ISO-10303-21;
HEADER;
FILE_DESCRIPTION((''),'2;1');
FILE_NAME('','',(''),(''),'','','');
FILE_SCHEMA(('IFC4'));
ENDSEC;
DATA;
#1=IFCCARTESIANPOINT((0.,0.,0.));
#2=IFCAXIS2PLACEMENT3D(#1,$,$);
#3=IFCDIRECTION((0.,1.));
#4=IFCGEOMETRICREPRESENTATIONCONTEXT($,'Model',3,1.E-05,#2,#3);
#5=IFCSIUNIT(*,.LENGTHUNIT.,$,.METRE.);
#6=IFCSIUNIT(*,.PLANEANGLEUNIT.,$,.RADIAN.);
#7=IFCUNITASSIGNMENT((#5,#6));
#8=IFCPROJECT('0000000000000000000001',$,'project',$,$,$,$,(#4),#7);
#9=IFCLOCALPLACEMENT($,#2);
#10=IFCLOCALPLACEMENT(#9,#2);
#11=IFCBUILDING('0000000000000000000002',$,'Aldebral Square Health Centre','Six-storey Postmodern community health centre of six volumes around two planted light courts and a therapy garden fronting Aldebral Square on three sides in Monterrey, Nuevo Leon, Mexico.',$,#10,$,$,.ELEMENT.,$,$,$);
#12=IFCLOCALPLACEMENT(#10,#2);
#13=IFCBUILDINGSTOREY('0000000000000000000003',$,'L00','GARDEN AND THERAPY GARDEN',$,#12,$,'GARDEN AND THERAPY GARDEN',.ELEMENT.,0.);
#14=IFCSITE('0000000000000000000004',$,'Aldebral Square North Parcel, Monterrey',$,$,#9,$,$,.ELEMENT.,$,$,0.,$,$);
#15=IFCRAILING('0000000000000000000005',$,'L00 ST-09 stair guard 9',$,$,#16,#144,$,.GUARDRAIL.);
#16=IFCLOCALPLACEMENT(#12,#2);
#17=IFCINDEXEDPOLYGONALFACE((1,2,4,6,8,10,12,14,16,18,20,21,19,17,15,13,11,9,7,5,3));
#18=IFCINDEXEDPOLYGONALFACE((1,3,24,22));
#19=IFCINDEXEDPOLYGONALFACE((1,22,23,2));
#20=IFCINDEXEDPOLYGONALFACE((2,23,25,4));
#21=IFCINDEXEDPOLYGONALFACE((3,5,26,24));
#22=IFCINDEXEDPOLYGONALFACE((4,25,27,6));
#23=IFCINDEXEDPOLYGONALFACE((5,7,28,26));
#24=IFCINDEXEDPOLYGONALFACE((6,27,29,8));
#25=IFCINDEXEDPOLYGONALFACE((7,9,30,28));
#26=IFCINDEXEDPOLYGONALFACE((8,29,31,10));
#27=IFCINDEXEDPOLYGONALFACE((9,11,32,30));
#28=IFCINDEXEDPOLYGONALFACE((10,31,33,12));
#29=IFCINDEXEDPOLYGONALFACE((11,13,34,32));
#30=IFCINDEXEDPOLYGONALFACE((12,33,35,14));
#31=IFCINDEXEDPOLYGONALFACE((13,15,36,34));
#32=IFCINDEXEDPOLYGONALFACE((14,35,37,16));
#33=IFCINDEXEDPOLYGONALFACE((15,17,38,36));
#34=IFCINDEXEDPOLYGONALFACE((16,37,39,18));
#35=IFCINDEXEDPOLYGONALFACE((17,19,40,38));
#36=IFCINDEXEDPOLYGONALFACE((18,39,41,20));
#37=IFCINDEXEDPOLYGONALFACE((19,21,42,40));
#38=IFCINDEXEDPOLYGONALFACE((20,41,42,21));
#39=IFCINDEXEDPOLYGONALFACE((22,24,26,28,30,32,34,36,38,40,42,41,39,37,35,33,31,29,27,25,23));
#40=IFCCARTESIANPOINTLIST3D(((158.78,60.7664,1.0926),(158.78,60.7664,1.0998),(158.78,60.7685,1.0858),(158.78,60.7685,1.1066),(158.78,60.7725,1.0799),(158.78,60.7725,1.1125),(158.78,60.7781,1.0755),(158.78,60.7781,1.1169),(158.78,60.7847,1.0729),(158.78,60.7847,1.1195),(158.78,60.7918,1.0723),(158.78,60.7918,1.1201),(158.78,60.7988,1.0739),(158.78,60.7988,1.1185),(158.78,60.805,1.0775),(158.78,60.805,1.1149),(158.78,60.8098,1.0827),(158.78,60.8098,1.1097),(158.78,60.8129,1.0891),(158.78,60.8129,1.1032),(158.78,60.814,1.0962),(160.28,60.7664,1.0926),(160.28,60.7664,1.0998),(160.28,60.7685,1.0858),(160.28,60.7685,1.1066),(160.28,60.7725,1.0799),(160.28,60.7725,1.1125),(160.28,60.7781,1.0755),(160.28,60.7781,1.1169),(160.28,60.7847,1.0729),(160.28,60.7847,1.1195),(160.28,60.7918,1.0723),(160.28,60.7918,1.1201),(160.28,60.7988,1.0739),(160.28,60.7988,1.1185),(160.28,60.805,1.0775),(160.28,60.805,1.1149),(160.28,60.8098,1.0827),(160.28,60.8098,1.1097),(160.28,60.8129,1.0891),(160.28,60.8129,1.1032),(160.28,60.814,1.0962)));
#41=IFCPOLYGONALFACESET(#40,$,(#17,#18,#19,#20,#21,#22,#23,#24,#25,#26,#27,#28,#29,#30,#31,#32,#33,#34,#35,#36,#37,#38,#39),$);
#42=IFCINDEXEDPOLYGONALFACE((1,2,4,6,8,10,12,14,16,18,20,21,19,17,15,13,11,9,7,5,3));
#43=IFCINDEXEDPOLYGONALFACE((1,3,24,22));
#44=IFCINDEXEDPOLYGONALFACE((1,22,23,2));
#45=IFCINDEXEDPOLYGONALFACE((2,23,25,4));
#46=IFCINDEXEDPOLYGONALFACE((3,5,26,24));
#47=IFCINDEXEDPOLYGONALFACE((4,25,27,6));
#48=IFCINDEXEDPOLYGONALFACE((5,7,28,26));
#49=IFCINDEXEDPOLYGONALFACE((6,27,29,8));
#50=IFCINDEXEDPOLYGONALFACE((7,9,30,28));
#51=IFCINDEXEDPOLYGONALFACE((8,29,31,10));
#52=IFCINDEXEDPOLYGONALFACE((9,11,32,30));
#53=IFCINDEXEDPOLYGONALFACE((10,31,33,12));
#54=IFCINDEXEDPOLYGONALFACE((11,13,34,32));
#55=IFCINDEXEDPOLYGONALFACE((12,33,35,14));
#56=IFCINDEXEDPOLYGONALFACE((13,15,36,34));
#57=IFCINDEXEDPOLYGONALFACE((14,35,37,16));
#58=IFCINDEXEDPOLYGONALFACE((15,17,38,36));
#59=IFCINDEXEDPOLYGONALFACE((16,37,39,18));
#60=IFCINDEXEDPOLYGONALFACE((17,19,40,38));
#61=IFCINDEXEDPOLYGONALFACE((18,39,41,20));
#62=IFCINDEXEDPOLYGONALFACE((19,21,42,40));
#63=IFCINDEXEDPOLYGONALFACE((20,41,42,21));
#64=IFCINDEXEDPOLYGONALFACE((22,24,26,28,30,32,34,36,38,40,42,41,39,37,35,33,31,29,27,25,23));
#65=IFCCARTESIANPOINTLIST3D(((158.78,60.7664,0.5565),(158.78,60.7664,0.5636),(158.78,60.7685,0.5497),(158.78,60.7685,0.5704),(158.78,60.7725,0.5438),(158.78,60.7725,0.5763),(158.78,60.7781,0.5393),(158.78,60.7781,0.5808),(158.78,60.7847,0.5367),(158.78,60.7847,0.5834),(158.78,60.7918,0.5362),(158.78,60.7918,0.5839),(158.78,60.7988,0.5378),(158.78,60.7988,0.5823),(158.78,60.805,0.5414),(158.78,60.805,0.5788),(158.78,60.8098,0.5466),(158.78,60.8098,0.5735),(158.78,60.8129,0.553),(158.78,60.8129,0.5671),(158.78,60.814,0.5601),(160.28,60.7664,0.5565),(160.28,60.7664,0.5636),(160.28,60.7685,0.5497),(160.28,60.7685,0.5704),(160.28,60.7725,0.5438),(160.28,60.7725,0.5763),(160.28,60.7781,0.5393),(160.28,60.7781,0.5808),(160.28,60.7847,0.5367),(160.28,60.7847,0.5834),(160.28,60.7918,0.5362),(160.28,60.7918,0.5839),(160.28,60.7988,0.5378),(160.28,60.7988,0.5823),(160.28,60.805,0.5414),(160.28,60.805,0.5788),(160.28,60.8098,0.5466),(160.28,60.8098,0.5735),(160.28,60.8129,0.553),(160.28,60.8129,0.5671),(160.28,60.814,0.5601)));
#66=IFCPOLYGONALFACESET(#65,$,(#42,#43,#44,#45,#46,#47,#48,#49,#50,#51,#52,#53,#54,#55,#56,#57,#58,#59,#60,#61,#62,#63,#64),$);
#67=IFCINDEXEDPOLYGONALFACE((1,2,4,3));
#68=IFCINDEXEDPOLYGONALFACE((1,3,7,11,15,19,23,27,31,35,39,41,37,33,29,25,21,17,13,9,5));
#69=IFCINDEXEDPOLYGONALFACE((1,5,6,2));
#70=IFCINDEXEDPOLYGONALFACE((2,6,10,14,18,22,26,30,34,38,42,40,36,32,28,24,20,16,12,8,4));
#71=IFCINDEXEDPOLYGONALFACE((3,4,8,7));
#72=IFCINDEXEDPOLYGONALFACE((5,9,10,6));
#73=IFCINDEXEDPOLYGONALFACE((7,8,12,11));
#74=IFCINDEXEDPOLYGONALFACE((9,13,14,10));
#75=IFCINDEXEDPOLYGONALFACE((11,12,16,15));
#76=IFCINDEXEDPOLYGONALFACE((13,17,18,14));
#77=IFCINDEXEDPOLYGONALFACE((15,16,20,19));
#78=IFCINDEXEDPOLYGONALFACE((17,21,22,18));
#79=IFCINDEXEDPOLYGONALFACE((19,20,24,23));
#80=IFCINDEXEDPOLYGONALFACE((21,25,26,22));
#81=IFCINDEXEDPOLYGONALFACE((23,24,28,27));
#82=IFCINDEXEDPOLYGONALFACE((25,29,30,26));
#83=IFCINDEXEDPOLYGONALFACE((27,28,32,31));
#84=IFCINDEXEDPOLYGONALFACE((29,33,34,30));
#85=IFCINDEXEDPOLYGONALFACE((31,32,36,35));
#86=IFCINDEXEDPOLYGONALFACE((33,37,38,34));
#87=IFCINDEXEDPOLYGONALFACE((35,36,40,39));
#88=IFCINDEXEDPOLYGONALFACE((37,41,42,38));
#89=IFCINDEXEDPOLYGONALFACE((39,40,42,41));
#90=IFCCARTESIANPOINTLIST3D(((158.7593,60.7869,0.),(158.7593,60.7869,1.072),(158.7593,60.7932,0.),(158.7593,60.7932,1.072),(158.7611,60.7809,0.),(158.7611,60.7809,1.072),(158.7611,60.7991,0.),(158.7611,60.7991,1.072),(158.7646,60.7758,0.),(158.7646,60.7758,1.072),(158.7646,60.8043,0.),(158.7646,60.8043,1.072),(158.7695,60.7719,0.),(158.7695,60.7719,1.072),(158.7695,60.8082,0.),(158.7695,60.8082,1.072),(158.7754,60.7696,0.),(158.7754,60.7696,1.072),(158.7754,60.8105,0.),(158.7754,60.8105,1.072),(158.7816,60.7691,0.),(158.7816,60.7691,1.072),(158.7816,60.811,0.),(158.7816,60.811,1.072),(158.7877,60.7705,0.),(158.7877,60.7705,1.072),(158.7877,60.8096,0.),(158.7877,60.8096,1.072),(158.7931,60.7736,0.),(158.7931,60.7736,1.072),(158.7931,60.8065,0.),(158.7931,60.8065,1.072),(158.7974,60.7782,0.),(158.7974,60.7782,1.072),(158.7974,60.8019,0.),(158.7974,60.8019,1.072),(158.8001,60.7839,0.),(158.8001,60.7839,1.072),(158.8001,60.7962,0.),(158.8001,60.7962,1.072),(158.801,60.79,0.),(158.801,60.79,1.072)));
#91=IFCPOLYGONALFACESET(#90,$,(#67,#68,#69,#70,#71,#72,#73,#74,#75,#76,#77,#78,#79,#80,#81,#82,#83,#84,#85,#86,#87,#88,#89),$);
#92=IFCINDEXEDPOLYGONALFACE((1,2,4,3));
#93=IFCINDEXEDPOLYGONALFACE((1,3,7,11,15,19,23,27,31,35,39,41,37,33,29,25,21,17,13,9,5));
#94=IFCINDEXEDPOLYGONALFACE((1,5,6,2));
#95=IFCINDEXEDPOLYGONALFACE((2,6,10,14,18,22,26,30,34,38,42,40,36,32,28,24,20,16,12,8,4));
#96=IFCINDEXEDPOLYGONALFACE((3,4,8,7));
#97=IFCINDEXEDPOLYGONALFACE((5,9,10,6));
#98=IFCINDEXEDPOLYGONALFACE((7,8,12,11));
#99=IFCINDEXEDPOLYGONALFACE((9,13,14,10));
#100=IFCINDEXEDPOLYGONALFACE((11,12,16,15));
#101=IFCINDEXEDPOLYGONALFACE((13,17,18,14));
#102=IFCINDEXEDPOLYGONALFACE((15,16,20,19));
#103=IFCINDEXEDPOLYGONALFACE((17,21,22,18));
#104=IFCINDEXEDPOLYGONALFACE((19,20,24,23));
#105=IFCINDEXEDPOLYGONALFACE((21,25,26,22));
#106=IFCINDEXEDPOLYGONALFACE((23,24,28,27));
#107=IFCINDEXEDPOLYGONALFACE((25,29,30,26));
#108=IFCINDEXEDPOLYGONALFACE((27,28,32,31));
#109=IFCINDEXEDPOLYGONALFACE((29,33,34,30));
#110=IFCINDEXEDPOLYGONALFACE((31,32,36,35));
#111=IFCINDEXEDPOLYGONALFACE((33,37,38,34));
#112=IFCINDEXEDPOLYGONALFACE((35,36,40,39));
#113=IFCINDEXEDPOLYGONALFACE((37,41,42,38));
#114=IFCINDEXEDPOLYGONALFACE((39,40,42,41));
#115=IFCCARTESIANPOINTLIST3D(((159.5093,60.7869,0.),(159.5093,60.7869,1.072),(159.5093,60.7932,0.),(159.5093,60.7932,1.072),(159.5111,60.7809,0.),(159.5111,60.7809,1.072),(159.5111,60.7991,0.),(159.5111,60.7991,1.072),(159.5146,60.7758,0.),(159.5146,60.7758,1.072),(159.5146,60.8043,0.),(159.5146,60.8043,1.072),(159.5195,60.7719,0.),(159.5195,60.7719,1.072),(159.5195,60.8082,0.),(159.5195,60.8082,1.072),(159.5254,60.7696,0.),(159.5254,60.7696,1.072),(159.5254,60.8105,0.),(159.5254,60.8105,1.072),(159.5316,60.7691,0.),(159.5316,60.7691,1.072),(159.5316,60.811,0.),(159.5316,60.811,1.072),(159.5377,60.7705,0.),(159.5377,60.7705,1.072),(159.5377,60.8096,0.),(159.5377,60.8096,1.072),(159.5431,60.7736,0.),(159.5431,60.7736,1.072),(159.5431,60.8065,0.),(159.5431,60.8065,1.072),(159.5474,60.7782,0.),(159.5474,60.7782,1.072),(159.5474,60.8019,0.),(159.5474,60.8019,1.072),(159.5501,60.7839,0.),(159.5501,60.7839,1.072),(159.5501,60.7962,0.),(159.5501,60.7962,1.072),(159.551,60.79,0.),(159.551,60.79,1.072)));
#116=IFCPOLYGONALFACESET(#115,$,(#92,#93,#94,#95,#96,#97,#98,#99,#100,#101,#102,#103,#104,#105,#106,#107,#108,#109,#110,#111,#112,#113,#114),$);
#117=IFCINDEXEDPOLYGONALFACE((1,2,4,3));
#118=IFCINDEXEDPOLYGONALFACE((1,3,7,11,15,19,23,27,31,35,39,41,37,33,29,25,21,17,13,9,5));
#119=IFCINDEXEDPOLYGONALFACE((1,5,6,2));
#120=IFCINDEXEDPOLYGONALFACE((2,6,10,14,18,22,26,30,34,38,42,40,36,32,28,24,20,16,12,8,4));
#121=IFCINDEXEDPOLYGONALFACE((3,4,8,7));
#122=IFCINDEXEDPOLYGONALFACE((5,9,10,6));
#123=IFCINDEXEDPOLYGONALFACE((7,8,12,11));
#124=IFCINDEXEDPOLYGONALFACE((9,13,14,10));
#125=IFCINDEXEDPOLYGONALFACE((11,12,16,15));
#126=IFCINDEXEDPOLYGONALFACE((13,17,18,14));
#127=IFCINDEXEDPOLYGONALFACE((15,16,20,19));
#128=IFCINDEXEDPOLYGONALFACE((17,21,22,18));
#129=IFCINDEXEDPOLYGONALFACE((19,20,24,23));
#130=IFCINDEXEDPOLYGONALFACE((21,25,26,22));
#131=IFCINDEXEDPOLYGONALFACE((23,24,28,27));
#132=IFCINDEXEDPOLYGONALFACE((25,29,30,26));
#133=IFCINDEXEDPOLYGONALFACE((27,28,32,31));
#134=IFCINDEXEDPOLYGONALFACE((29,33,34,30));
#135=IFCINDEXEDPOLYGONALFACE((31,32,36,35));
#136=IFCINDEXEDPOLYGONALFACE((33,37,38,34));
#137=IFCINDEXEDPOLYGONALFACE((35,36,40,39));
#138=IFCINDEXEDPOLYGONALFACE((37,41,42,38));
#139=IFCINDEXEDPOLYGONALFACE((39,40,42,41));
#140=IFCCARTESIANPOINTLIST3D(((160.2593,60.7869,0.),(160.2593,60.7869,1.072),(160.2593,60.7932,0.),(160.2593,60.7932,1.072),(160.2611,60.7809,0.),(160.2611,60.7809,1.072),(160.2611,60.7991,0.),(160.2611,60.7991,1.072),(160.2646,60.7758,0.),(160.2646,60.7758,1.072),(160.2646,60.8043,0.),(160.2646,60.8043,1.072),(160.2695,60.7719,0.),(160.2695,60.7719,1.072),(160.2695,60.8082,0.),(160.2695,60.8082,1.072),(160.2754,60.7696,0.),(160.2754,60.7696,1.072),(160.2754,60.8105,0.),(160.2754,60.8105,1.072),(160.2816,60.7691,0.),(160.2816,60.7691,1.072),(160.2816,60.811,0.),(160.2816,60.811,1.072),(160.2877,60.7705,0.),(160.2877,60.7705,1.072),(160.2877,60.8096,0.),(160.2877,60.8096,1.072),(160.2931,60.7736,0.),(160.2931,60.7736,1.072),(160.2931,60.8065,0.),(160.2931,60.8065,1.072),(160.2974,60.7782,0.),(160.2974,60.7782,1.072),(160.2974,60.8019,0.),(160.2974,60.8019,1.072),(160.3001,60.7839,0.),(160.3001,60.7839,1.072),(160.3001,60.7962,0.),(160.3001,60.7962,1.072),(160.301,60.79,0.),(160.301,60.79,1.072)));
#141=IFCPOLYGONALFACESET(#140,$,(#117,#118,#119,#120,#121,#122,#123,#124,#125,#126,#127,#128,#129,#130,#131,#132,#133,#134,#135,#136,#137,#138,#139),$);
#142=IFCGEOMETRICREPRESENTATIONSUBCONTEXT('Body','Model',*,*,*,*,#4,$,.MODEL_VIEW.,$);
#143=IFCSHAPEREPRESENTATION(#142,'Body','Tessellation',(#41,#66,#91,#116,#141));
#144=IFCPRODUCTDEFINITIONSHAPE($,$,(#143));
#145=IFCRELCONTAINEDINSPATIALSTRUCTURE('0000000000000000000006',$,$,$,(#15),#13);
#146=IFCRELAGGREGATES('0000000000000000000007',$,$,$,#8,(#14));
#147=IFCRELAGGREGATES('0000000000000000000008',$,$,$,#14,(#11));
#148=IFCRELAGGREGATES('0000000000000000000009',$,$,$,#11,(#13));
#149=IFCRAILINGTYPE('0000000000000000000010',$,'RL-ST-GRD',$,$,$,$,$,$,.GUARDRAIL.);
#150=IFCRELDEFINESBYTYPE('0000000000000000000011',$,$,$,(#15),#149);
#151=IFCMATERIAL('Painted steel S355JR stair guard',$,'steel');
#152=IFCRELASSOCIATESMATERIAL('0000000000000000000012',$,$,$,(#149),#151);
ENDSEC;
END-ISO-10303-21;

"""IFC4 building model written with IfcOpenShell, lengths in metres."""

from ifc_helpers import new_model, si_unit, direction, frame, origin, origin_2d, place, context, subcontext, project, spatial, circle, extrude, material, type_object, element, save


model = new_model("IFC4")

# Units and contexts
model_context = context("Model", 3, precision=1e-05, world=origin(), true_north=direction((0.0, 1.0)))
body_context = subcontext(model_context, "Body", "Model", "MODEL_VIEW")
ifc_project = project(units=[si_unit("LENGTHUNIT", "METRE"), si_unit("PLANEANGLEUNIT", "RADIAN")], contexts=[model_context])

# Site, building, storey
site_placement = place(None, origin())
site = spatial("IfcSite", under=ifc_project, at=site_placement, Name="Aldebral Square North Parcel, Monterrey", CompositionType="ELEMENT", RefElevation=0.0)
building_placement = place(site_placement, origin())
building = spatial("IfcBuilding", under=site, at=building_placement, Name="Aldebral Square Health Centre", Description="Six-storey Postmodern community health centre of six volumes around two planted light courts and a therapy garden fronting Aldebral Square on three sides in Monterrey, Nuevo Leon, Mexico.", CompositionType="ELEMENT")
storey_placement = place(building_placement, origin())
storey = spatial("IfcBuildingStorey", under=building, at=storey_placement, Name="L00", Description="GARDEN AND THERAPY GARDEN", LongName="GARDEN AND THERAPY GARDEN", CompositionType="ELEMENT", Elevation=0.0)

# Railing
ifc_material_1 = material(Name="Painted steel S355JR stair guard", Category="steel")
railing_type_1 = type_object("IfcRailingType", Name="RL-ST-GRD", PredefinedType="GUARDRAIL", material=ifc_material_1)
for number, where, name in (
    (1, (158.78, 60.79, 0.0), "L00 ST-09 stair guard 9"),
):
    element("IfcRailing", number, at=place(storey_placement, frame(where)), inside=storey, type_object=railing_type_1, Name=name, PredefinedType="GUARDRAIL", context=body_context, shape_type="SweptSolid", body=[
        extrude(circle(Radius=0.0239, at=origin_2d()), frame((0.0, 0.0, 1.0962), z_axis=(1.0, 0.0, 0.0), x_axis=(0.0, 1.0, 0.0)), (0.0, 0.0, 1.0), 1.5),
        extrude(circle(Radius=0.0239, at=origin_2d()), frame((0.0, 0.0, 0.5601), z_axis=(1.0, 0.0, 0.0), x_axis=(0.0, 1.0, 0.0)), (0.0, 0.0, 1.0), 1.5),
        extrude(circle(Radius=0.021, at=origin_2d()), origin(), (0.0, 0.0, 1.0), 1.072),
        extrude(circle(Radius=0.021, at=origin_2d()), frame((0.75, 0.0, 0.0)), (0.0, 0.0, 1.0), 1.072),
        extrude(circle(Radius=0.021, at=origin_2d()), frame((1.5, 0.0, 0.0)), (0.0, 0.0, 1.0), 1.072),
    ])

save(model, "model.ifc")
